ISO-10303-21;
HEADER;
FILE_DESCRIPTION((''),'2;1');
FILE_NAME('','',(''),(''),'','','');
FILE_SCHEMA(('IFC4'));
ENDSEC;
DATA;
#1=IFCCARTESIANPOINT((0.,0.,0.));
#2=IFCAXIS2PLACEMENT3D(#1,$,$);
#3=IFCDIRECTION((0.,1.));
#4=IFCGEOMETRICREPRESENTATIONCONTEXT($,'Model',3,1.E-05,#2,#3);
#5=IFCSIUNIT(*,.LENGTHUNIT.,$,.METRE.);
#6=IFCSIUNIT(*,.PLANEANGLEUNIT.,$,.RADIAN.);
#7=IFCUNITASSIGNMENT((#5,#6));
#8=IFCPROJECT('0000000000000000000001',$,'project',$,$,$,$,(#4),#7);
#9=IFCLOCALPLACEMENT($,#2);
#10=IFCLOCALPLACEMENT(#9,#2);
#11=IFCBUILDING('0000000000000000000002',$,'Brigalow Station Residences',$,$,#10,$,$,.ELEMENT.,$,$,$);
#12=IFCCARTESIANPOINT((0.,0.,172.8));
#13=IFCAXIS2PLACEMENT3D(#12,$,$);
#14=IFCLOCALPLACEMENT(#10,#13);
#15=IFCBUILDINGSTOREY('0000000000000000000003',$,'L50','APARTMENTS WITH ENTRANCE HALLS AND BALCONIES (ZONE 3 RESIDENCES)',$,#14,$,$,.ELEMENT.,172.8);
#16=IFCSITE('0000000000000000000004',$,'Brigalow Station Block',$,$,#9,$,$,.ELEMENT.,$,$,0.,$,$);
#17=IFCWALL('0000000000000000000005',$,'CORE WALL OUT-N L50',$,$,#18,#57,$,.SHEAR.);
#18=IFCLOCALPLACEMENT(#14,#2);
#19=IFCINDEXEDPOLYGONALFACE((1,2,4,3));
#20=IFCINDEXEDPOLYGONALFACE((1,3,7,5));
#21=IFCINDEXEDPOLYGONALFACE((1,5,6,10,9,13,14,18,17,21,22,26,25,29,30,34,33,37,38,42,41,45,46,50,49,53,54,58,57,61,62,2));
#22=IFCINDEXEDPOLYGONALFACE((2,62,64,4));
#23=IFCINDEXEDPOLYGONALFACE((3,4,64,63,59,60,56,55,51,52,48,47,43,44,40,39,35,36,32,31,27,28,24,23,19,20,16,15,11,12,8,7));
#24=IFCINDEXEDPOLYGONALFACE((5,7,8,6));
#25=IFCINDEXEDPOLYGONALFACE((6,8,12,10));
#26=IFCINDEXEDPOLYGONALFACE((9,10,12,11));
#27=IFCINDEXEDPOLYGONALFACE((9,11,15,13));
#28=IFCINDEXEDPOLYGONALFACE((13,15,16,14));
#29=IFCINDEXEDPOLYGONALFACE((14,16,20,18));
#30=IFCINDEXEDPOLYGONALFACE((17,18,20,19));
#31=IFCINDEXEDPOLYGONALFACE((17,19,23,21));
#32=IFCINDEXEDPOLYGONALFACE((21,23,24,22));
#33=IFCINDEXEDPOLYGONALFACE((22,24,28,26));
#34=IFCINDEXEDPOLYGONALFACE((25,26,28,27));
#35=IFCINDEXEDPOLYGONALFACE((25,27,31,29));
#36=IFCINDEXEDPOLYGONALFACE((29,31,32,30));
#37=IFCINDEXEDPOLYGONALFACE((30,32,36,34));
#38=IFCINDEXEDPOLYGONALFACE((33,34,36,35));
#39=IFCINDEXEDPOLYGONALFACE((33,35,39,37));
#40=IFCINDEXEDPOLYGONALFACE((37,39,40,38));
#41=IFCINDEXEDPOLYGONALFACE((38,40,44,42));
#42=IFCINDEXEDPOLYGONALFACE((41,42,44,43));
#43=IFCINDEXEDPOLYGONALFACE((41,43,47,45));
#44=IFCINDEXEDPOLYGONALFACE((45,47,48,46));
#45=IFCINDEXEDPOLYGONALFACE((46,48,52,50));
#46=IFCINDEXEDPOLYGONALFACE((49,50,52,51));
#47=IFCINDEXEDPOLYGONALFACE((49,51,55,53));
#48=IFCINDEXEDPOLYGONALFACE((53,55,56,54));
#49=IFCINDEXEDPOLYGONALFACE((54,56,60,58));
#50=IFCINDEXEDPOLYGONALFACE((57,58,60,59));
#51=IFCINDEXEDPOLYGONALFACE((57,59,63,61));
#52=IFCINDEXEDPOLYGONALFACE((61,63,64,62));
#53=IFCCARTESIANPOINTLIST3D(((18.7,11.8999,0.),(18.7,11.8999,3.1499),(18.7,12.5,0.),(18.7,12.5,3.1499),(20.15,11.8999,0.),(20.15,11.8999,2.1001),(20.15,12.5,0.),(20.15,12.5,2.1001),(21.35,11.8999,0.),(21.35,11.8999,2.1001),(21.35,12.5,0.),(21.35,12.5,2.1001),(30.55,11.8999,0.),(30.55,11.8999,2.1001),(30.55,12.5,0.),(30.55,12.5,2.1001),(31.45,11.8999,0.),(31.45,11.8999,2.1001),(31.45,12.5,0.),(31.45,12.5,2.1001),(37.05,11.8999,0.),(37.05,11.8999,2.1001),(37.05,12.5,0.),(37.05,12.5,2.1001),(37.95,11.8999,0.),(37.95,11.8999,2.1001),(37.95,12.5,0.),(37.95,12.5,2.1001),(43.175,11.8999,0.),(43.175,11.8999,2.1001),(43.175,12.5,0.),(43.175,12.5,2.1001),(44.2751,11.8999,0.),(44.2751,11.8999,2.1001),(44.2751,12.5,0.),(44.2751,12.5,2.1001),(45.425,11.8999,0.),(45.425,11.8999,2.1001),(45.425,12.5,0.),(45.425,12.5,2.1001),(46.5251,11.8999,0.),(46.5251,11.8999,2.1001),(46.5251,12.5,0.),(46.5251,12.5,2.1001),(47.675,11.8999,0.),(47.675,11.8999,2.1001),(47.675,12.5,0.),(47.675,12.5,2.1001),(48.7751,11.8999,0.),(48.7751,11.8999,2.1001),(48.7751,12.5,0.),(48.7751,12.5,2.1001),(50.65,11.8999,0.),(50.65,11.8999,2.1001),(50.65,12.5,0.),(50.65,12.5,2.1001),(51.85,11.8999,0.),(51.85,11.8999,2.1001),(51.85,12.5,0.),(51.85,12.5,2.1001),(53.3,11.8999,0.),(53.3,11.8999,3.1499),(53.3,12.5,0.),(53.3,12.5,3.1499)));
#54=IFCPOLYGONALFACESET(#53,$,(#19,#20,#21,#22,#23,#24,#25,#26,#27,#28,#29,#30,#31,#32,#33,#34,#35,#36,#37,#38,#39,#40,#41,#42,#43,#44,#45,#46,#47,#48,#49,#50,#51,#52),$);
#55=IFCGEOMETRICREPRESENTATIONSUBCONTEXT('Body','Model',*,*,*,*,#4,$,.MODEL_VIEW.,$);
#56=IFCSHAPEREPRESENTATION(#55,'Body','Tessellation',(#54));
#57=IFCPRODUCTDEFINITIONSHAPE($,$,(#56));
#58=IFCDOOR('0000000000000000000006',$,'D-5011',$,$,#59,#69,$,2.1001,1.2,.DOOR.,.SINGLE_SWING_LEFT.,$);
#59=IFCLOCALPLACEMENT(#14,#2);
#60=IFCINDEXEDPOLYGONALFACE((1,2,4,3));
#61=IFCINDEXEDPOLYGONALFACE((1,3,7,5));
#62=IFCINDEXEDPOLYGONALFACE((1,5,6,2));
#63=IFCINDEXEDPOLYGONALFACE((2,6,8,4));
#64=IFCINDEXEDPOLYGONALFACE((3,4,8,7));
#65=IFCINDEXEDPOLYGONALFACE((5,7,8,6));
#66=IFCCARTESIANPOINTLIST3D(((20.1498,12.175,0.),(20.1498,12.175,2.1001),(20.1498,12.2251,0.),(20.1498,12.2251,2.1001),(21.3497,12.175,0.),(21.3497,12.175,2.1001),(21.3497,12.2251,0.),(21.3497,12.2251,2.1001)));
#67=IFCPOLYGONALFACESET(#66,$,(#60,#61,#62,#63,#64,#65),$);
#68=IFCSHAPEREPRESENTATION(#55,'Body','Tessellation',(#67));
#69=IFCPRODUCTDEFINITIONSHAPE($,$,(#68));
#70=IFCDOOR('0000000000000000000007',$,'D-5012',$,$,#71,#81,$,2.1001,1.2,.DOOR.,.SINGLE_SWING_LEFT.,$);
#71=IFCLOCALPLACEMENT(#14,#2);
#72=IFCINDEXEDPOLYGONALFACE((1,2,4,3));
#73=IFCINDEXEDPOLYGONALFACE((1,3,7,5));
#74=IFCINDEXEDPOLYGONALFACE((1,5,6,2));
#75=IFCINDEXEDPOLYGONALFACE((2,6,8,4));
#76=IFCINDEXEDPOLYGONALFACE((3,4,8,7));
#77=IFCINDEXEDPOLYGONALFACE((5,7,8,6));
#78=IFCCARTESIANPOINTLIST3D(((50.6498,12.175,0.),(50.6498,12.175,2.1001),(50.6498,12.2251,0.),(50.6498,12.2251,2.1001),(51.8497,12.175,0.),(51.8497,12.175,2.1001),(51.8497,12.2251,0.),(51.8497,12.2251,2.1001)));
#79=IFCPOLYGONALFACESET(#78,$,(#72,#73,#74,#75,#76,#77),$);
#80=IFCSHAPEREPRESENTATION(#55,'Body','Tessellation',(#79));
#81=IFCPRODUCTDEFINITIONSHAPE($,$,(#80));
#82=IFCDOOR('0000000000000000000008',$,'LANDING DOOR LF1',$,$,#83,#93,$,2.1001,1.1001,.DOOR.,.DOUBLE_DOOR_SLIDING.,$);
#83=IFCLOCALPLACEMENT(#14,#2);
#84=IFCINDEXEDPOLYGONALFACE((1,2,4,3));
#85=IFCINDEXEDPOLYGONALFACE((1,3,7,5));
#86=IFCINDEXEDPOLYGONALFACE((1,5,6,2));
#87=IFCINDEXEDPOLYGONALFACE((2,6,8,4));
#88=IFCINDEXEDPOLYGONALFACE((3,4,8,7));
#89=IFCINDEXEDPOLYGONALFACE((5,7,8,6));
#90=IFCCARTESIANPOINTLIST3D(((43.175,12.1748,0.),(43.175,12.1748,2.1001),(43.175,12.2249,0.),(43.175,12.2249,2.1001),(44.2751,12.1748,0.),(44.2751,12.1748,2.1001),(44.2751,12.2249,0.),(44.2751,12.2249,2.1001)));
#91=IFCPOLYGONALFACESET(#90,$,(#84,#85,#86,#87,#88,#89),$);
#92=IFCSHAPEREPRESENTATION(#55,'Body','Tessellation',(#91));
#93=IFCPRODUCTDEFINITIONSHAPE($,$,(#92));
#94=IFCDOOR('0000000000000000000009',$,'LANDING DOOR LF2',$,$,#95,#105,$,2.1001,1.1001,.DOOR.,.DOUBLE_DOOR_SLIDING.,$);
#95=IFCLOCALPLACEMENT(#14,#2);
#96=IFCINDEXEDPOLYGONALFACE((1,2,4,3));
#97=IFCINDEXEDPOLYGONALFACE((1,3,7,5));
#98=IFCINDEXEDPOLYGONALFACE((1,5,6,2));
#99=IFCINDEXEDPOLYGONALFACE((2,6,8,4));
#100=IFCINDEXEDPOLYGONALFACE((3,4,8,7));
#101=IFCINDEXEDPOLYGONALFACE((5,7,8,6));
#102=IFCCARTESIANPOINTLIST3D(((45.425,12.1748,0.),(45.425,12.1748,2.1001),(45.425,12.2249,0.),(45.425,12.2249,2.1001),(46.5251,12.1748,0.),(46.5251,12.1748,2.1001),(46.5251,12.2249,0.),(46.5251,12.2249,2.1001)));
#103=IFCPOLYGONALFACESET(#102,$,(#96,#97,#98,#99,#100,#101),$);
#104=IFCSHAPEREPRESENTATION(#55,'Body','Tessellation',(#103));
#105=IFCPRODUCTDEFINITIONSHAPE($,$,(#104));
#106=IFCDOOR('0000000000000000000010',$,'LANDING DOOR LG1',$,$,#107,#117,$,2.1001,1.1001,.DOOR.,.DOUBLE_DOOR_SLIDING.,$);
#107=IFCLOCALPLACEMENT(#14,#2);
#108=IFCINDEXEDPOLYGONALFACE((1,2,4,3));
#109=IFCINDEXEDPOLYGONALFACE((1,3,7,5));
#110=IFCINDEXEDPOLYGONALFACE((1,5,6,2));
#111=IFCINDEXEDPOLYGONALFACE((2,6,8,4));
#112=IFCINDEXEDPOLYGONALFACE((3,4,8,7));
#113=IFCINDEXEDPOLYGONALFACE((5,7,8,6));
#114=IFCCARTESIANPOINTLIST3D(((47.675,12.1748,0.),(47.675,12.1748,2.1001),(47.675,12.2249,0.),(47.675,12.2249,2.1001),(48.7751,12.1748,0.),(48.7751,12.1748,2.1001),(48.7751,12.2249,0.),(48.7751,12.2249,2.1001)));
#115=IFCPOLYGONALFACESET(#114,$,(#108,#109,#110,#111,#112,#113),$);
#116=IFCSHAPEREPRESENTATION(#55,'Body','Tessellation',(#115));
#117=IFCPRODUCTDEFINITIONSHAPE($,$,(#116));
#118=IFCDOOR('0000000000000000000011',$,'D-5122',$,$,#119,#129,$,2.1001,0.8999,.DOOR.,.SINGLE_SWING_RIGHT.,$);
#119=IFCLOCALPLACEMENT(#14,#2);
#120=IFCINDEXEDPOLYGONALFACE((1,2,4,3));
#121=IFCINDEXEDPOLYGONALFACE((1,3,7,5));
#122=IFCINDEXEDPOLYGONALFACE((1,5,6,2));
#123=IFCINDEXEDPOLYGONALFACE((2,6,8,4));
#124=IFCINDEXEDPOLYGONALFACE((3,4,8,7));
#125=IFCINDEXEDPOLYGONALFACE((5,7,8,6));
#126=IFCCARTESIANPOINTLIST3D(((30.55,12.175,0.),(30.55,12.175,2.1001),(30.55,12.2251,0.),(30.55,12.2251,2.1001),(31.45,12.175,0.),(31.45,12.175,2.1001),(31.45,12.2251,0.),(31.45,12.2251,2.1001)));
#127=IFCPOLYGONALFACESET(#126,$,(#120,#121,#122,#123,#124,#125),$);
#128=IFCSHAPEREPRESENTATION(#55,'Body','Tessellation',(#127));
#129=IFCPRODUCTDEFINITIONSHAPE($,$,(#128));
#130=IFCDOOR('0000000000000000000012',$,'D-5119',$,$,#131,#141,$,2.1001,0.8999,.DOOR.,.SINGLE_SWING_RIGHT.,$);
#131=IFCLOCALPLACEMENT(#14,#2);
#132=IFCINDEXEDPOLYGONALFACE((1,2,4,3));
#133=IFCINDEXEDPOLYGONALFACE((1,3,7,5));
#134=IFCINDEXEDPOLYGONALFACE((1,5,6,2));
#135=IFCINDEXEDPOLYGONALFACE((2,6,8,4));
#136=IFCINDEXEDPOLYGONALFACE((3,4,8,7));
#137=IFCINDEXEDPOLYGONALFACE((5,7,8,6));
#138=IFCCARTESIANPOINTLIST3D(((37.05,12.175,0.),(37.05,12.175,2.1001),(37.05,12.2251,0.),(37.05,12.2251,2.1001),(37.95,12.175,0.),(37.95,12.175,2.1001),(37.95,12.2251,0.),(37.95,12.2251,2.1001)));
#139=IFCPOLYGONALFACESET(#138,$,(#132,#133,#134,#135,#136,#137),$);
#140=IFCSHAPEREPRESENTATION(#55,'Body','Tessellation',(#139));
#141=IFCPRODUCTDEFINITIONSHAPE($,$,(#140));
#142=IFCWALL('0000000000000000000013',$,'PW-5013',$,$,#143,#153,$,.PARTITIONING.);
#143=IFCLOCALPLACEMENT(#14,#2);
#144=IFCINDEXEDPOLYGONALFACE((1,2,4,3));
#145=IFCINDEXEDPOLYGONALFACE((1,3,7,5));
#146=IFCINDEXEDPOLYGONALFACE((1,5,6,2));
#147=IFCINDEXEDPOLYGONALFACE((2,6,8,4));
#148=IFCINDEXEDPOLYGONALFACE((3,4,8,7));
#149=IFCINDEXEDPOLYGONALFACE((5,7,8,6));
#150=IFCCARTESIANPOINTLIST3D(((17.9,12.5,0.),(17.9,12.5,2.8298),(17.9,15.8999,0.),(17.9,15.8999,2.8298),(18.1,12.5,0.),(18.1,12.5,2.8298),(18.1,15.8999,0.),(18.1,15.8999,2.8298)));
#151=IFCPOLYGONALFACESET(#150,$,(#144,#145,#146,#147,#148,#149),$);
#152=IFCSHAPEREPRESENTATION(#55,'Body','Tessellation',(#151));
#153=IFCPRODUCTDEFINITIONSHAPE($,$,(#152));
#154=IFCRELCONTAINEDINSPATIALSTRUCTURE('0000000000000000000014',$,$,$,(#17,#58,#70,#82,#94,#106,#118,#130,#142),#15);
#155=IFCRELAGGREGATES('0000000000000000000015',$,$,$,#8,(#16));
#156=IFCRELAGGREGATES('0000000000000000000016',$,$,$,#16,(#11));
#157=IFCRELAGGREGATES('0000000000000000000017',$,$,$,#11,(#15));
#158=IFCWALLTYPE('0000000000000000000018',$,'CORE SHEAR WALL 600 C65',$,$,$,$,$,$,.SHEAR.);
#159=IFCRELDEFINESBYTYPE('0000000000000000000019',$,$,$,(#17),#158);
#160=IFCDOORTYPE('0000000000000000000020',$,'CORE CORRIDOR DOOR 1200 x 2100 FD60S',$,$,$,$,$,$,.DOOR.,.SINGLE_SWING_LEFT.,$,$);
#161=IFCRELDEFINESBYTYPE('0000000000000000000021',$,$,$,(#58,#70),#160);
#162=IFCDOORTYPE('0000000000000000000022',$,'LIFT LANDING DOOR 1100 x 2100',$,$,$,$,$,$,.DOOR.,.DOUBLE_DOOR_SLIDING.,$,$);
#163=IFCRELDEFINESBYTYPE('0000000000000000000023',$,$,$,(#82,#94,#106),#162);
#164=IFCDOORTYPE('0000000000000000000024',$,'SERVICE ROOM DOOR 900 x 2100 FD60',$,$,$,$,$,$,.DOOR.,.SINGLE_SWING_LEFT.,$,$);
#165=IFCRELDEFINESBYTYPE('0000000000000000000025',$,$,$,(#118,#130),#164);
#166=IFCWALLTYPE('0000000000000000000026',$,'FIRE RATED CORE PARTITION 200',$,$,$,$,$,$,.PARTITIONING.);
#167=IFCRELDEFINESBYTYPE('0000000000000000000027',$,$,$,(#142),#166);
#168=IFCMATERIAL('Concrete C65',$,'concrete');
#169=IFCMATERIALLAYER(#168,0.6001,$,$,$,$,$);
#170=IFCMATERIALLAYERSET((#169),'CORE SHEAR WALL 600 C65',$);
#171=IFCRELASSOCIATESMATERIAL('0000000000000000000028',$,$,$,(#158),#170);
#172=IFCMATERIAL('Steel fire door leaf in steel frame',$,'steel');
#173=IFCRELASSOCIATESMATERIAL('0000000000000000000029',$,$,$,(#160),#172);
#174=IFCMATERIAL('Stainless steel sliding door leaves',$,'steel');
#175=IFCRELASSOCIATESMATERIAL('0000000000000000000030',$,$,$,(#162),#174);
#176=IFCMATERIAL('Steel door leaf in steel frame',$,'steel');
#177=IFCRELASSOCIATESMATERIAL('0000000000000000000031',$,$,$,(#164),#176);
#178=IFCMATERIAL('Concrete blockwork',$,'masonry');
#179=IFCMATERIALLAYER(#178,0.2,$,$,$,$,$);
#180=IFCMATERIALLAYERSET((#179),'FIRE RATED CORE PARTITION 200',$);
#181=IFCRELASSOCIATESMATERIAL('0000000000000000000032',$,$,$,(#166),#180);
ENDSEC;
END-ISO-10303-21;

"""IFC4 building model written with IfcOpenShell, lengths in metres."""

from ifc_helpers import new_model, si_unit, direction, frame, frame_2d, origin, place, context, subcontext, project, spatial, rectangle, extrude, material, layer, layer_set, type_object, element, fill, save


model = new_model("IFC4")

# Units and contexts
model_context = context("Model", 3, precision=1e-05, world=origin(), true_north=direction((0.0, 1.0)))
body_context = subcontext(model_context, "Body", "Model", "MODEL_VIEW")
ifc_project = project(units=[si_unit("LENGTHUNIT", "METRE"), si_unit("PLANEANGLEUNIT", "RADIAN")], contexts=[model_context])

# Site, building, storey
site_placement = place(None, origin())
site = spatial("IfcSite", under=ifc_project, at=site_placement, Name="Brigalow Station Block", CompositionType="ELEMENT", RefElevation=0.0)
building_placement = place(site_placement, origin())
building = spatial("IfcBuilding", under=site, at=building_placement, Name="Brigalow Station Residences", CompositionType="ELEMENT")
storey_placement = place(building_placement, frame((0.0, 0.0, 172.8)))
storey = spatial("IfcBuildingStorey", under=building, at=storey_placement, Name="L50", Description="APARTMENTS WITH ENTRANCE HALLS AND BALCONIES (ZONE 3 RESIDENCES)", CompositionType="ELEMENT", Elevation=172.8)

# Wall, openings, doors
ifc_material_1 = material(Name="Concrete C65", Category="concrete")
ifc_layer_1 = layer(ifc_material_1, 0.6001)
ifc_layer_set_1 = layer_set([ifc_layer_1], Name="CORE SHEAR WALL 600 C65")
wall_type_1 = type_object("IfcWallType", Name="CORE SHEAR WALL 600 C65", PredefinedType="SHEAR", material=ifc_layer_set_1)
wall_1_placement = place(storey_placement, frame((18.7, 12.2, 0.0), z_axis=(0.0, 0.0, 1.0), x_axis=(1.0, 0.0, 0.0)))
wall_1 = element("IfcWall", 1, at=wall_1_placement, inside=storey, type_object=wall_type_1, Name="CORE WALL OUT-N L50", PredefinedType="SHEAR", context=body_context, shape_type="SweptSolid", body=[
    extrude(rectangle(XDim=34.6001, YDim=0.6001, at=frame_2d((17.3, 0.0))), origin(), (0.0, 0.0, 1.0), 3.1499),
])
opening_1_placement = place(wall_1_placement, frame((24.4751, 0.0, 0.0)))
opening_1 = element("IfcOpeningElement", 2, at=opening_1_placement, cuts=wall_1, PredefinedType="OPENING", context=body_context, shape_type="SweptSolid", body=[
    extrude(rectangle(XDim=1.1001, YDim=2.1001, at=frame_2d((0.55, 1.05))), frame((0.0, 0.3101, 0.0), z_axis=(0.0, -1.0, 0.0), x_axis=(1.0, 0.0, 0.0)), (0.0, 0.0, 1.0), 0.6201),
])
opening_2_placement = place(wall_1_placement, frame((26.7251, 0.0, 0.0)))
opening_2 = element("IfcOpeningElement", 3, at=opening_2_placement, cuts=wall_1, PredefinedType="OPENING", context=body_context, shape_type="SweptSolid", body=[
    extrude(rectangle(XDim=1.1001, YDim=2.1001, at=frame_2d((0.55, 1.05))), frame((0.0, 0.3101, 0.0), z_axis=(0.0, -1.0, 0.0), x_axis=(1.0, 0.0, 0.0)), (0.0, 0.0, 1.0), 0.6201),
])
opening_3_placement = place(wall_1_placement, frame((28.9751, 0.0, 0.0)))
opening_3 = element("IfcOpeningElement", 4, at=opening_3_placement, cuts=wall_1, PredefinedType="OPENING", context=body_context, shape_type="SweptSolid", body=[
    extrude(rectangle(XDim=1.1001, YDim=2.1001, at=frame_2d((0.55, 1.05))), frame((0.0, 0.3101, 0.0), z_axis=(0.0, -1.0, 0.0), x_axis=(1.0, 0.0, 0.0)), (0.0, 0.0, 1.0), 0.6201),
])
opening_4_placement = place(wall_1_placement, frame((11.8501, 0.0, 0.0)))
opening_4 = element("IfcOpeningElement", 5, at=opening_4_placement, cuts=wall_1, PredefinedType="OPENING", context=body_context, shape_type="SweptSolid", body=[
    extrude(rectangle(XDim=0.8999, YDim=2.1001, at=frame_2d((0.45, 1.05))), frame((0.0, 0.3101, 0.0), z_axis=(0.0, -1.0, 0.0), x_axis=(1.0, 0.0, 0.0)), (0.0, 0.0, 1.0), 0.6201),
])
opening_5_placement = place(wall_1_placement, frame((18.3501, 0.0, 0.0)))
opening_5 = element("IfcOpeningElement", 6, at=opening_5_placement, cuts=wall_1, PredefinedType="OPENING", context=body_context, shape_type="SweptSolid", body=[
    extrude(rectangle(XDim=0.8999, YDim=2.1001, at=frame_2d((0.45, 1.05))), frame((0.0, 0.3101, 0.0), z_axis=(0.0, -1.0, 0.0), x_axis=(1.0, 0.0, 0.0)), (0.0, 0.0, 1.0), 0.6201),
])
opening_6_placement = place(wall_1_placement, frame((1.45, 0.0, 0.0)))
opening_6 = element("IfcOpeningElement", 7, at=opening_6_placement, cuts=wall_1, PredefinedType="OPENING", context=body_context, shape_type="SweptSolid", body=[
    extrude(rectangle(XDim=1.2, YDim=2.1001, at=frame_2d((0.6001, 1.05))), frame((0.0, 0.3101, 0.0), z_axis=(0.0, -1.0, 0.0), x_axis=(1.0, 0.0, 0.0)), (0.0, 0.0, 1.0), 0.6201),
])
opening_7_placement = place(wall_1_placement, frame((31.95, 0.0, 0.0)))
opening_7 = element("IfcOpeningElement", 8, at=opening_7_placement, cuts=wall_1, PredefinedType="OPENING", context=body_context, shape_type="SweptSolid", body=[
    extrude(rectangle(XDim=1.2, YDim=2.1001, at=frame_2d((0.6001, 1.05))), frame((0.0, 0.3101, 0.0), z_axis=(0.0, -1.0, 0.0), x_axis=(1.0, 0.0, 0.0)), (0.0, 0.0, 1.0), 0.6201),
])
ifc_material_2 = material(Name="Steel fire door leaf in steel frame", Category="steel")
door_type_1 = type_object("IfcDoorType", Name="CORE CORRIDOR DOOR 1200 x 2100 FD60S", OperationType="SINGLE_SWING_LEFT", PredefinedType="DOOR", material=ifc_material_2)
door_1_placement = place(opening_6_placement, frame((1.2, 0.0, 0.0), z_axis=(0.0, 0.0, 1.0), x_axis=(-1.0, 0.0, 0.0)))
door_1 = element("IfcDoor", 9, at=door_1_placement, inside=storey, type_object=door_type_1, Name="D-5011", OperationType="SINGLE_SWING_LEFT", OverallHeight=2.1001, OverallWidth=1.2, PredefinedType="DOOR", context=body_context, shape_type="SweptSolid", body=[
    extrude(rectangle(XDim=1.2, YDim=2.1001, at=frame_2d((0.6001, 1.05))), frame((0.0, 0.0249, 0.0), z_axis=(0.0, -1.0, 0.0), x_axis=(1.0, 0.0, 0.0)), (0.0, 0.0, 1.0), 0.05),
])
fill(opening_6, door_1)
door_2_placement = place(opening_7_placement, frame((1.2, 0.0, 0.0), z_axis=(0.0, 0.0, 1.0), x_axis=(-1.0, 0.0, 0.0)))
door_2 = element("IfcDoor", 10, at=door_2_placement, inside=storey, type_object=door_type_1, Name="D-5012", OperationType="SINGLE_SWING_LEFT", OverallHeight=2.1001, OverallWidth=1.2, PredefinedType="DOOR", context=body_context, shape_type="SweptSolid", body=[
    extrude(rectangle(XDim=1.2, YDim=2.1001, at=frame_2d((0.6001, 1.05))), frame((0.0, 0.0249, 0.0), z_axis=(0.0, -1.0, 0.0), x_axis=(1.0, 0.0, 0.0)), (0.0, 0.0, 1.0), 0.05),
])
fill(opening_7, door_2)
ifc_material_3 = material(Name="Stainless steel sliding door leaves", Category="steel")
door_type_2 = type_object("IfcDoorType", Name="LIFT LANDING DOOR 1100 x 2100", OperationType="DOUBLE_DOOR_SLIDING", PredefinedType="DOOR", material=ifc_material_3)
door_3_placement = place(opening_1_placement, origin())
door_3 = element("IfcDoor", 11, at=door_3_placement, inside=storey, type_object=door_type_2, Name="LANDING DOOR LF1", OperationType="DOUBLE_DOOR_SLIDING", OverallHeight=2.1001, OverallWidth=1.1001, PredefinedType="DOOR", context=body_context, shape_type="SweptSolid", body=[
    extrude(rectangle(XDim=1.1001, YDim=2.1001, at=frame_2d((0.55, 1.05))), frame((0.0, 0.0249, 0.0), z_axis=(0.0, -1.0, 0.0), x_axis=(1.0, 0.0, 0.0)), (0.0, 0.0, 1.0), 0.05),
])
fill(opening_1, door_3)
door_4_placement = place(opening_2_placement, origin())
door_4 = element("IfcDoor", 12, at=door_4_placement, inside=storey, type_object=door_type_2, Name="LANDING DOOR LF2", OperationType="DOUBLE_DOOR_SLIDING", OverallHeight=2.1001, OverallWidth=1.1001, PredefinedType="DOOR", context=body_context, shape_type="SweptSolid", body=[
    extrude(rectangle(XDim=1.1001, YDim=2.1001, at=frame_2d((0.55, 1.05))), frame((0.0, 0.0249, 0.0), z_axis=(0.0, -1.0, 0.0), x_axis=(1.0, 0.0, 0.0)), (0.0, 0.0, 1.0), 0.05),
])
fill(opening_2, door_4)
door_5_placement = place(opening_3_placement, origin())
door_5 = element("IfcDoor", 13, at=door_5_placement, inside=storey, type_object=door_type_2, Name="LANDING DOOR LG1", OperationType="DOUBLE_DOOR_SLIDING", OverallHeight=2.1001, OverallWidth=1.1001, PredefinedType="DOOR", context=body_context, shape_type="SweptSolid", body=[
    extrude(rectangle(XDim=1.1001, YDim=2.1001, at=frame_2d((0.55, 1.05))), frame((0.0, 0.0249, 0.0), z_axis=(0.0, -1.0, 0.0), x_axis=(1.0, 0.0, 0.0)), (0.0, 0.0, 1.0), 0.05),
])
fill(opening_3, door_5)
ifc_material_4 = material(Name="Steel door leaf in steel frame", Category="steel")
door_type_3 = type_object("IfcDoorType", Name="SERVICE ROOM DOOR 900 x 2100 FD60", OperationType="SINGLE_SWING_LEFT", PredefinedType="DOOR", material=ifc_material_4)
door_6_placement = place(opening_4_placement, frame((0.8999, 0.0, 0.0), z_axis=(0.0, 0.0, 1.0), x_axis=(-1.0, 0.0, 0.0)))
door_6 = element("IfcDoor", 14, at=door_6_placement, inside=storey, type_object=door_type_3, Name="D-5122", OperationType="SINGLE_SWING_RIGHT", OverallHeight=2.1001, OverallWidth=0.8999, PredefinedType="DOOR", context=body_context, shape_type="SweptSolid", body=[
    extrude(rectangle(XDim=0.8999, YDim=2.1001, at=frame_2d((0.45, 1.05))), frame((0.0, 0.0249, 0.0), z_axis=(0.0, -1.0, 0.0), x_axis=(1.0, 0.0, 0.0)), (0.0, 0.0, 1.0), 0.05),
])
fill(opening_4, door_6)
door_7_placement = place(opening_5_placement, frame((0.8999, 0.0, 0.0), z_axis=(0.0, 0.0, 1.0), x_axis=(-1.0, 0.0, 0.0)))
door_7 = element("IfcDoor", 15, at=door_7_placement, inside=storey, type_object=door_type_3, Name="D-5119", OperationType="SINGLE_SWING_RIGHT", OverallHeight=2.1001, OverallWidth=0.8999, PredefinedType="DOOR", context=body_context, shape_type="SweptSolid", body=[
    extrude(rectangle(XDim=0.8999, YDim=2.1001, at=frame_2d((0.45, 1.05))), frame((0.0, 0.0249, 0.0), z_axis=(0.0, -1.0, 0.0), x_axis=(1.0, 0.0, 0.0)), (0.0, 0.0, 1.0), 0.05),
])
fill(opening_5, door_7)

# Wall
ifc_material_5 = material(Name="Concrete blockwork", Category="masonry")
ifc_layer_2 = layer(ifc_material_5, 0.2)
ifc_layer_set_2 = layer_set([ifc_layer_2], Name="FIRE RATED CORE PARTITION 200")
wall_type_2 = type_object("IfcWallType", Name="FIRE RATED CORE PARTITION 200", PredefinedType="PARTITIONING", material=ifc_layer_set_2)
wall_2_placement = place(storey_placement, frame((18.0, 12.5, 0.0), z_axis=(0.0, 0.0, 1.0), x_axis=(0.0, 1.0, 0.0)))
element("IfcWall", 16, at=wall_2_placement, inside=storey, type_object=wall_type_2, Name="PW-5013", PredefinedType="PARTITIONING", context=body_context, shape_type="SweptSolid", body=[
    extrude(rectangle(XDim=3.3999, YDim=0.2, at=frame_2d((1.7, 0.0))), origin(), (0.0, 0.0, 1.0), 2.8298),
])

save(model, "model.ifc")
